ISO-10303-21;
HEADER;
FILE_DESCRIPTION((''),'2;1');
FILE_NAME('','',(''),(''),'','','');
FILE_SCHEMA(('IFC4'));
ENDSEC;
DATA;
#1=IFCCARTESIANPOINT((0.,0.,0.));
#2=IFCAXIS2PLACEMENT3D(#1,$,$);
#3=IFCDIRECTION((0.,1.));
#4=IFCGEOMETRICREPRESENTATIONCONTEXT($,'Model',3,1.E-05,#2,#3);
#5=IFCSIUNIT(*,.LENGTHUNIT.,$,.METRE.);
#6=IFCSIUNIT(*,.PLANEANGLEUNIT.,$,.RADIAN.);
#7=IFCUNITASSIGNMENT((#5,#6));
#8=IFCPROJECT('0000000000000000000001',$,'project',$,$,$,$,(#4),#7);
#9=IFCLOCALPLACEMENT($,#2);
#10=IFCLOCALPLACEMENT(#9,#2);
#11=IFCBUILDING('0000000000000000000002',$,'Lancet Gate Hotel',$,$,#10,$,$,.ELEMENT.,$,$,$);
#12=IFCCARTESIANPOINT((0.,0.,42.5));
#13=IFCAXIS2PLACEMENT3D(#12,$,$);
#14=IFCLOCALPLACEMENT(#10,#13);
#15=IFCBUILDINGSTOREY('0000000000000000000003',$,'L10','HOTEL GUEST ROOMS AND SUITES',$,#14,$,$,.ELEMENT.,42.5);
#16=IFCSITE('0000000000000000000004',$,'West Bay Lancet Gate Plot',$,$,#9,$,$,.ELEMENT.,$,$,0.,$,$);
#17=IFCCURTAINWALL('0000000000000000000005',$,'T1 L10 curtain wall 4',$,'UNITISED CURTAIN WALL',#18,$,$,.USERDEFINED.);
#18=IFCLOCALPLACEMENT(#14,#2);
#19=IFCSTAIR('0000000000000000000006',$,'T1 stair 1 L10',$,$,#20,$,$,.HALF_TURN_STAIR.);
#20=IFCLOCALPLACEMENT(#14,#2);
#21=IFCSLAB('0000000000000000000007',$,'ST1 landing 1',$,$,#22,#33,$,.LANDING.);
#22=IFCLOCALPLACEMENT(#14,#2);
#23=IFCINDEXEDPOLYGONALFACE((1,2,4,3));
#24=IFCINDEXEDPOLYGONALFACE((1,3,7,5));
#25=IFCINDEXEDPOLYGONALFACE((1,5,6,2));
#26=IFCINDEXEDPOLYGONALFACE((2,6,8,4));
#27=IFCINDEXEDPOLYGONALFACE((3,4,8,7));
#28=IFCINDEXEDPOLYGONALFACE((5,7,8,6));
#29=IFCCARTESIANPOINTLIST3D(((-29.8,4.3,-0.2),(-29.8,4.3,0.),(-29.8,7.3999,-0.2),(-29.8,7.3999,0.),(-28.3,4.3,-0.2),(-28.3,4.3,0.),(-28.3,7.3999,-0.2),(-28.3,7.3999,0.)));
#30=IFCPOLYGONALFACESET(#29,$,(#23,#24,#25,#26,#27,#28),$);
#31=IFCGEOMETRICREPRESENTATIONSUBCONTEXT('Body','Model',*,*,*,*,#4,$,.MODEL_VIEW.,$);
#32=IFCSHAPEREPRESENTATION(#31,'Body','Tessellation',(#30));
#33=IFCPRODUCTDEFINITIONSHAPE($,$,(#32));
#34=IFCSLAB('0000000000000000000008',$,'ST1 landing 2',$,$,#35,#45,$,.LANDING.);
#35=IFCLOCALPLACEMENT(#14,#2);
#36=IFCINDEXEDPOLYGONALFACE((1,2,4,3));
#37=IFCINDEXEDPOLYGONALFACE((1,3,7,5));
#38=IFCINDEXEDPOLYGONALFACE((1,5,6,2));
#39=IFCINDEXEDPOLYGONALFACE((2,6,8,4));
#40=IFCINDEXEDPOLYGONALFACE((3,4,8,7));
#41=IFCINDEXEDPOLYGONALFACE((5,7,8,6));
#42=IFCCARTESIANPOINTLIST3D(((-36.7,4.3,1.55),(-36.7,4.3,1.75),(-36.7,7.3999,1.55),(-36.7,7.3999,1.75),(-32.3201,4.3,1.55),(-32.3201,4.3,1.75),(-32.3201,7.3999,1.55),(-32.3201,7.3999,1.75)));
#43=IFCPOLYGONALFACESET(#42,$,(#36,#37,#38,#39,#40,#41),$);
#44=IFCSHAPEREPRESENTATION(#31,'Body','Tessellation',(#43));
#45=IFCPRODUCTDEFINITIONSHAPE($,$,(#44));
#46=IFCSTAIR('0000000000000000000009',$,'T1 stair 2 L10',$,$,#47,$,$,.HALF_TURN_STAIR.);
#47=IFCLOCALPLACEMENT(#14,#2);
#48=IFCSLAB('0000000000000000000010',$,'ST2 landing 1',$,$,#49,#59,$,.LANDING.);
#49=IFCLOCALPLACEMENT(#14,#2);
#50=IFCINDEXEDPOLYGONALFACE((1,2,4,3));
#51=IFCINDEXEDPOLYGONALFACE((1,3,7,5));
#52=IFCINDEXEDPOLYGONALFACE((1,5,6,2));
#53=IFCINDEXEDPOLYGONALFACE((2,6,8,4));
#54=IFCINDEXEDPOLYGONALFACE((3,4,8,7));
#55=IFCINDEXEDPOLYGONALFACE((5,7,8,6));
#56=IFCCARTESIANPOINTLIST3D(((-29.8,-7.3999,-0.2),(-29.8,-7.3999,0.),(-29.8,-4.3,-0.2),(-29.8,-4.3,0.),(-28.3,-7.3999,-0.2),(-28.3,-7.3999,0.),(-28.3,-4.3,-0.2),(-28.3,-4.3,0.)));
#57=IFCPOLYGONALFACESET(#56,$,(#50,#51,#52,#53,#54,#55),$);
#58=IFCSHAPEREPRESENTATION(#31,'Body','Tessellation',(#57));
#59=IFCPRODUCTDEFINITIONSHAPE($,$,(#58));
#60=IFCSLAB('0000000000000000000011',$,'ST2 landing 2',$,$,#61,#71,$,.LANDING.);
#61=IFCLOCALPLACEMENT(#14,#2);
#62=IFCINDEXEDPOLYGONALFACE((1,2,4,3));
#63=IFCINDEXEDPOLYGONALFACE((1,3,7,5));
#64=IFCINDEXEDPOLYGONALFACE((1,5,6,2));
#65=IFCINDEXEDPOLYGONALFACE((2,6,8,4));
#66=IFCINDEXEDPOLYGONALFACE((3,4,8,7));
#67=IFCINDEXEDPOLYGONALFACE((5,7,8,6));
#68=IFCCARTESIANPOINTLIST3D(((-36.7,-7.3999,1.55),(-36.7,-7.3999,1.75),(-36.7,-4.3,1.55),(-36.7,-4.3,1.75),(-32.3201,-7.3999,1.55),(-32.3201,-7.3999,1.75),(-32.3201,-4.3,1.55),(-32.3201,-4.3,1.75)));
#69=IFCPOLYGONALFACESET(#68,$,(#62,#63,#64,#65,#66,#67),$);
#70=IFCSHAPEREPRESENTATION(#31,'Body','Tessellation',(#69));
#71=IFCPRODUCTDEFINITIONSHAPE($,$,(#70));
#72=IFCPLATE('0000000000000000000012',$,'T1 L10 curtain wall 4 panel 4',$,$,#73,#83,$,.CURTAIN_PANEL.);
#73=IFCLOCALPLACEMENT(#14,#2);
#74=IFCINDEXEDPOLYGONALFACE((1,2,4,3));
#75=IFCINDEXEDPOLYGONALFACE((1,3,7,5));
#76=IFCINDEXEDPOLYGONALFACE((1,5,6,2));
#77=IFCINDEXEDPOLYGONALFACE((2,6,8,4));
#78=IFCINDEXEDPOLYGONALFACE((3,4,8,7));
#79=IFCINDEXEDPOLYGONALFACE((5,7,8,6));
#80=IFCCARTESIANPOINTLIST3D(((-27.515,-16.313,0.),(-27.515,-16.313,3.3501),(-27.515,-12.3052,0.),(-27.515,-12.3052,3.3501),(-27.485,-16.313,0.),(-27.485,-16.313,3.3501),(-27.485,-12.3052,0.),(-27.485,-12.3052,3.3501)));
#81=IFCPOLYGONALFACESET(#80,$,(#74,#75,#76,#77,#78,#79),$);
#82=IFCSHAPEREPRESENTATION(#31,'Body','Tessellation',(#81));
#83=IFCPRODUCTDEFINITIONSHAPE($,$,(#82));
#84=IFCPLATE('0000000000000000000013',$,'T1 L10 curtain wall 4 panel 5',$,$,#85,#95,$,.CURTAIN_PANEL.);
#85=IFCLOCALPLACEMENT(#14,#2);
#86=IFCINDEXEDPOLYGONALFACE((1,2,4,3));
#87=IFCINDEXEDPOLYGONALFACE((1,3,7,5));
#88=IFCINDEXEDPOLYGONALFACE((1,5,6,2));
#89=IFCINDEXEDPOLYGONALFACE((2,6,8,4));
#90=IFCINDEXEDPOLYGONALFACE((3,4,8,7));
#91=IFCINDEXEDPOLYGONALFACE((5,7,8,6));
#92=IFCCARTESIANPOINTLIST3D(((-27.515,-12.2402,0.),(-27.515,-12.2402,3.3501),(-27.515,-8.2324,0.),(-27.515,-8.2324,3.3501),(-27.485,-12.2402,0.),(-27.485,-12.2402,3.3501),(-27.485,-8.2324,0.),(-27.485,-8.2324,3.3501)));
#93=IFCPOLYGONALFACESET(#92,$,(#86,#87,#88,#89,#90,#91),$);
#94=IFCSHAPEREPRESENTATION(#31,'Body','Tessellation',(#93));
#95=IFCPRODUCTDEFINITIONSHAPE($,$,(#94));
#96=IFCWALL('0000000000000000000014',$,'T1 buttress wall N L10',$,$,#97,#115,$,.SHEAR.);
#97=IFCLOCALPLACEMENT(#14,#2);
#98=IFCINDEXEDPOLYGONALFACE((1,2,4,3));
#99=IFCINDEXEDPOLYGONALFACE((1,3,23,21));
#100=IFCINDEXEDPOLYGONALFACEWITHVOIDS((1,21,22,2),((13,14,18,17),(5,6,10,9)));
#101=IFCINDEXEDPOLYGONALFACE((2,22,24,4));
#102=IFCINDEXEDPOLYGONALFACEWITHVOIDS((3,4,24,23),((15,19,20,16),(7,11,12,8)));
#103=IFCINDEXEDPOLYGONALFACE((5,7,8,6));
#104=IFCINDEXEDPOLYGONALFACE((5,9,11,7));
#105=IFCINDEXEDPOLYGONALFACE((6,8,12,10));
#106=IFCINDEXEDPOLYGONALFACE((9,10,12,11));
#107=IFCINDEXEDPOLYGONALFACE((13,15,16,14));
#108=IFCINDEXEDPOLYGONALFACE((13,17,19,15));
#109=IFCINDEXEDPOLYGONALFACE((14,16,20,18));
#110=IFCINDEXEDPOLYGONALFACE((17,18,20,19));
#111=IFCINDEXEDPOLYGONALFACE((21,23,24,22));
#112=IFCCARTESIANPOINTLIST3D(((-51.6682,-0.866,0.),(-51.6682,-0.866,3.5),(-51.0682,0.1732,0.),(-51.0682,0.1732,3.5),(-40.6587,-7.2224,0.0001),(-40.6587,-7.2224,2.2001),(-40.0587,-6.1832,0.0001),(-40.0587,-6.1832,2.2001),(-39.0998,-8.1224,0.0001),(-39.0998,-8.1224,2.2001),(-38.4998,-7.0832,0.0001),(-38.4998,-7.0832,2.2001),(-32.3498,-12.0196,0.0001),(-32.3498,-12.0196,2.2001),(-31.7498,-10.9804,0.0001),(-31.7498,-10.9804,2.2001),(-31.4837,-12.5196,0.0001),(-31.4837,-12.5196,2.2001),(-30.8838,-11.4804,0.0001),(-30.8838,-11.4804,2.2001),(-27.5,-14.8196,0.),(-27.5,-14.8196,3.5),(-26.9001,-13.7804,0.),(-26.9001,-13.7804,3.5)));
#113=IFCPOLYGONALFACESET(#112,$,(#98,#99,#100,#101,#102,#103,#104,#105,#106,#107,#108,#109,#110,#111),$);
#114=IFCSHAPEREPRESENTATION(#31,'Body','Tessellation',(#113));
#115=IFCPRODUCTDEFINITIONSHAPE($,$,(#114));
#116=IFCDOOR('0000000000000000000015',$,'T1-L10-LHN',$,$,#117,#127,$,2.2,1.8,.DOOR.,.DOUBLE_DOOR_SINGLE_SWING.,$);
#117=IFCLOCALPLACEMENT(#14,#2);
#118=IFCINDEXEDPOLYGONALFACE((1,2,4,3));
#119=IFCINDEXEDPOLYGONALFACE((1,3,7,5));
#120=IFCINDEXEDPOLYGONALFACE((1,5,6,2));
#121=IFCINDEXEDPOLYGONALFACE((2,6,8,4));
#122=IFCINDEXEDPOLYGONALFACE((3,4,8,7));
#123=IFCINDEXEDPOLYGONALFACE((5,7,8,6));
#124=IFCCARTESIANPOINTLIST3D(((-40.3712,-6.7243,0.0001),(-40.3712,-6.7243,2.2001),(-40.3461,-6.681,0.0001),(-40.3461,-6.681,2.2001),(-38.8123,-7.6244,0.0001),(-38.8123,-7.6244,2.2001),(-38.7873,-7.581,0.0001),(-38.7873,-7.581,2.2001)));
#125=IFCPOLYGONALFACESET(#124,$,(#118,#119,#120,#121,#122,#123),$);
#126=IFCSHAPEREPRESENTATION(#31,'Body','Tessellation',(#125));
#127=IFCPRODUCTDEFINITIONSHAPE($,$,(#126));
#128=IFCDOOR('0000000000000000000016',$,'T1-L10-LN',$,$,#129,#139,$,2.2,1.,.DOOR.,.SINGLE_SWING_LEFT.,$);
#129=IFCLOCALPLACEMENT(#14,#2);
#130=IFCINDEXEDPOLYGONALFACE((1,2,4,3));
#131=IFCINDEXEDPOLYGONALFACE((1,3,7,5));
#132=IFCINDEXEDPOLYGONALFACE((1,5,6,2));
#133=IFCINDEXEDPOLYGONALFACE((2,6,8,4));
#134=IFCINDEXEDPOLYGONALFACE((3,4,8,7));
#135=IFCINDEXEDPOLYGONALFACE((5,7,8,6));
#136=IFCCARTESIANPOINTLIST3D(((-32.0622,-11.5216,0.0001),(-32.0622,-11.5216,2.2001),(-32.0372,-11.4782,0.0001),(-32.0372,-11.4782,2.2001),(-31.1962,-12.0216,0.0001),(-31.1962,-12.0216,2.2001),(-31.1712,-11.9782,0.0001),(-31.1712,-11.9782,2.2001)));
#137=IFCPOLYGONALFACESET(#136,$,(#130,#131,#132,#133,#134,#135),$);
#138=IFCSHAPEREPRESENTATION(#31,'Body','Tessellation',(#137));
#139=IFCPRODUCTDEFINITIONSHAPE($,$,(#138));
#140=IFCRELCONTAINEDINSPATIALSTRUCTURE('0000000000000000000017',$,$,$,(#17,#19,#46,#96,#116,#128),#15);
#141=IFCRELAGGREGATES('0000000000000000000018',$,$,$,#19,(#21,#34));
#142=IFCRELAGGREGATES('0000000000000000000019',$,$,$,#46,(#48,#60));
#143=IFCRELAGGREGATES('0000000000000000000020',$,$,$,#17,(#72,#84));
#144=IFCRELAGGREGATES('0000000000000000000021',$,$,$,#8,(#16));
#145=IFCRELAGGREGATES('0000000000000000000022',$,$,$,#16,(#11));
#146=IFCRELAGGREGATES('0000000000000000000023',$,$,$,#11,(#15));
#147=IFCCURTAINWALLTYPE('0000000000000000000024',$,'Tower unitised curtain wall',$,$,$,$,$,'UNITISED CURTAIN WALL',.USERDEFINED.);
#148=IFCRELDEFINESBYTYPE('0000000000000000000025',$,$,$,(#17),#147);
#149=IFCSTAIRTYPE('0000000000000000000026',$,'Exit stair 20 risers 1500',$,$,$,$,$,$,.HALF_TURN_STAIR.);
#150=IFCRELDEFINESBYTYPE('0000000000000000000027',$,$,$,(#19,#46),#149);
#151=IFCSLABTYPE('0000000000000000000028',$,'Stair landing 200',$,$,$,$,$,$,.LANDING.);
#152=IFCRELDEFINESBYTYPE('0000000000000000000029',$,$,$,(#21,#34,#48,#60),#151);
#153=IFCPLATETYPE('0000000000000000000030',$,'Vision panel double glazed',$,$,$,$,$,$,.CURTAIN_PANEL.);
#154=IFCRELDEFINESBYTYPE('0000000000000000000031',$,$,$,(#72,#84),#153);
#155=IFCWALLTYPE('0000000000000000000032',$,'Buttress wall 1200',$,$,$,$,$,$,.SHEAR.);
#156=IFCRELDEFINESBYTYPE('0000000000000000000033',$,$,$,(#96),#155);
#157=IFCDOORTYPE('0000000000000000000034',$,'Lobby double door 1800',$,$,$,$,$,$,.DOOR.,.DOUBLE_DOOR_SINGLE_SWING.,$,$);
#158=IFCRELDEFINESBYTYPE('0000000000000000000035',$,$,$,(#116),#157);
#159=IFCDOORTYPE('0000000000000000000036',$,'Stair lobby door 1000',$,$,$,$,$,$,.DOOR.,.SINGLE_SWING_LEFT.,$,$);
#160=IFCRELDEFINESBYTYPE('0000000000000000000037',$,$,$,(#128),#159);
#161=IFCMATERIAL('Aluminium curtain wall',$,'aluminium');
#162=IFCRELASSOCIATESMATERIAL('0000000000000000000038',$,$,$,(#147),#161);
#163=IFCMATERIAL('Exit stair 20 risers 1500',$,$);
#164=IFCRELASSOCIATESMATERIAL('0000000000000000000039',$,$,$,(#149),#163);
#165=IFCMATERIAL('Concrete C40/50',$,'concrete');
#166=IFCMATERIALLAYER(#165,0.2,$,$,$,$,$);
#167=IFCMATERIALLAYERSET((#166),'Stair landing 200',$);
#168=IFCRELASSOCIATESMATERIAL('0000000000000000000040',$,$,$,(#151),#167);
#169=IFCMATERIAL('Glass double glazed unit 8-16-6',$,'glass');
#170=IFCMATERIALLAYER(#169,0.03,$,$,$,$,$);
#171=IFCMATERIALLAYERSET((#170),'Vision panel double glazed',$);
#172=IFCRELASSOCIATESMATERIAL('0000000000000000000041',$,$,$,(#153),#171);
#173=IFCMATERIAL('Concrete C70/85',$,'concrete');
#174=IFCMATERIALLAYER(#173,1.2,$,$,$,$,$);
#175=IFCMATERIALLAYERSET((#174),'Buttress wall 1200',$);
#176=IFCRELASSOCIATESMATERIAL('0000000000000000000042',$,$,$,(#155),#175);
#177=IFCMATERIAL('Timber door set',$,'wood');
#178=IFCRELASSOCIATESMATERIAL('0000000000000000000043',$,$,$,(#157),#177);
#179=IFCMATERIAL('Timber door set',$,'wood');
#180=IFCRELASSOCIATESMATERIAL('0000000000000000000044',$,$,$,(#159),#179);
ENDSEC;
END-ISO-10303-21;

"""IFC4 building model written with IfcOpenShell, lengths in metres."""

from ifc_helpers import new_model, si_unit, direction, frame, frame_2d, origin, origin_2d, place, context, subcontext, project, spatial, polyline, rectangle, outline, extrude, material, layer, layer_set, type_object, element, fill, aggregate, save


model = new_model("IFC4")

# Units and contexts
model_context = context("Model", 3, precision=1e-05, world=origin(), true_north=direction((0.0, 1.0)))
body_context = subcontext(model_context, "Body", "Model", "MODEL_VIEW")
ifc_project = project(units=[si_unit("LENGTHUNIT", "METRE"), si_unit("PLANEANGLEUNIT", "RADIAN")], contexts=[model_context])

# Site, building, storey
site_placement = place(None, origin())
site = spatial("IfcSite", under=ifc_project, at=site_placement, Name="West Bay Lancet Gate Plot", CompositionType="ELEMENT", RefElevation=0.0)
building_placement = place(site_placement, origin())
building = spatial("IfcBuilding", under=site, at=building_placement, Name="Lancet Gate Hotel", CompositionType="ELEMENT")
storey_placement = place(building_placement, frame((0.0, 0.0, 42.5)))
storey = spatial("IfcBuildingStorey", under=building, at=storey_placement, Name="L10", Description="HOTEL GUEST ROOMS AND SUITES", CompositionType="ELEMENT", Elevation=42.5)

# Curtain wall
ifc_material_1 = material(Name="Aluminium curtain wall", Category="aluminium")
curtain_wall_type = type_object("IfcCurtainWallType", Name="Tower unitised curtain wall", ElementType="UNITISED CURTAIN WALL", PredefinedType="USERDEFINED", material=ifc_material_1)
curtain_wall_placement = place(storey_placement, origin())
curtain_wall = element("IfcCurtainWall", 1, at=curtain_wall_placement, inside=storey, type_object=curtain_wall_type, Name="T1 L10 curtain wall 4", ObjectType="UNITISED CURTAIN WALL", PredefinedType="USERDEFINED")

# Stairs, slabs
ifc_material_2 = material(Name="Exit stair 20 risers 1500")
stair_type = type_object("IfcStairType", Name="Exit stair 20 risers 1500", PredefinedType="HALF_TURN_STAIR", material=ifc_material_2)
stair_1_placement = place(storey_placement, origin())
stair_1 = element("IfcStair", 2, at=stair_1_placement, inside=storey, type_object=stair_type, Name="T1 stair 1 L10", PredefinedType="HALF_TURN_STAIR")
ifc_material_3 = material(Name="Concrete C40/50", Category="concrete")
ifc_layer_1 = layer(ifc_material_3, 0.2)
ifc_layer_set_1 = layer_set([ifc_layer_1], Name="Stair landing 200")
slab_type_1 = type_object("IfcSlabType", Name="Stair landing 200", PredefinedType="LANDING", material=ifc_layer_set_1)
slab_1_placement = place(storey_placement, frame((0.0, 0.0, -0.2)))
slab_1 = element("IfcSlab", 3, at=slab_1_placement, type_object=slab_type_1, Name="ST1 landing 1", PredefinedType="LANDING", context=body_context, shape_type="SweptSolid", body=[
    extrude(outline(polyline([(-28.3, 7.3999), (-29.8, 7.3999), (-29.8, 4.3), (-28.3, 4.3), (-28.3, 7.3999)])), origin(), (0.0, 0.0, 1.0), 0.2),
])
slab_2_placement = place(storey_placement, frame((0.0, 0.0, 1.55)))
slab_2 = element("IfcSlab", 4, at=slab_2_placement, type_object=slab_type_1, Name="ST1 landing 2", PredefinedType="LANDING", context=body_context, shape_type="SweptSolid", body=[
    extrude(outline(polyline([(-32.3201, 7.3999), (-36.7, 7.3999), (-36.7, 4.3), (-32.3201, 4.3), (-32.3201, 7.3999)])), origin(), (0.0, 0.0, 1.0), 0.2),
])
aggregate(stair_1, [slab_1, slab_2])
stair_2_placement = place(storey_placement, origin())
stair_2 = element("IfcStair", 5, at=stair_2_placement, inside=storey, type_object=stair_type, Name="T1 stair 2 L10", PredefinedType="HALF_TURN_STAIR")
slab_3_placement = place(storey_placement, frame((0.0, 0.0, -0.2)))
slab_3 = element("IfcSlab", 6, at=slab_3_placement, type_object=slab_type_1, Name="ST2 landing 1", PredefinedType="LANDING", context=body_context, shape_type="SweptSolid", body=[
    extrude(outline(polyline([(-28.3, -4.3), (-29.8, -4.3), (-29.8, -7.3999), (-28.3, -7.3999), (-28.3, -4.3)])), origin(), (0.0, 0.0, 1.0), 0.2),
])
slab_4_placement = place(storey_placement, frame((0.0, 0.0, 1.55)))
slab_4 = element("IfcSlab", 7, at=slab_4_placement, type_object=slab_type_1, Name="ST2 landing 2", PredefinedType="LANDING", context=body_context, shape_type="SweptSolid", body=[
    extrude(outline(polyline([(-32.3201, -4.3), (-36.7, -4.3), (-36.7, -7.3999), (-32.3201, -7.3999), (-32.3201, -4.3)])), origin(), (0.0, 0.0, 1.0), 0.2),
])
aggregate(stair_2, [slab_3, slab_4])

# Plates
ifc_material_4 = material(Name="Glass double glazed unit 8-16-6", Category="glass")
ifc_layer_2 = layer(ifc_material_4, 0.03)
ifc_layer_set_2 = layer_set([ifc_layer_2], Name="Vision panel double glazed")
plate_type = type_object("IfcPlateType", Name="Vision panel double glazed", PredefinedType="CURTAIN_PANEL", material=ifc_layer_set_2)
plate_1_placement = place(storey_placement, frame((-27.5, -14.3091, 0.0), z_axis=(0.0, 0.0, 1.0), x_axis=(0.0, 1.0, 0.0)))
plate_1 = element("IfcPlate", 8, at=plate_1_placement, type_object=plate_type, Name="T1 L10 curtain wall 4 panel 4", PredefinedType="CURTAIN_PANEL", context=body_context, shape_type="SweptSolid", body=[
    extrude(rectangle(XDim=4.0078, YDim=0.03, at=origin_2d()), origin(), (0.0, 0.0, 1.0), 3.3501),
])
plate_2_placement = place(storey_placement, frame((-27.5, -10.2363, 0.0), z_axis=(0.0, 0.0, 1.0), x_axis=(0.0, 1.0, 0.0)))
plate_2 = element("IfcPlate", 9, at=plate_2_placement, type_object=plate_type, Name="T1 L10 curtain wall 4 panel 5", PredefinedType="CURTAIN_PANEL", context=body_context, shape_type="SweptSolid", body=[
    extrude(rectangle(XDim=4.0078, YDim=0.03, at=origin_2d()), origin(), (0.0, 0.0, 1.0), 3.3501),
])
aggregate(curtain_wall, [plate_1, plate_2])

# Wall, openings, doors
ifc_material_5 = material(Name="Concrete C70/85", Category="concrete")
ifc_layer_3 = layer(ifc_material_5, 1.2)
ifc_layer_set_3 = layer_set([ifc_layer_3], Name="Buttress wall 1200")
wall_type = type_object("IfcWallType", Name="Buttress wall 1200", PredefinedType="SHEAR", material=ifc_layer_set_3)
wall_placement = place(storey_placement, frame((-27.2, -14.3, 0.0), z_axis=(0.0, 0.0, 1.0), x_axis=(-0.866024, 0.500002, 0.0)))
wall = element("IfcWall", 10, at=wall_placement, inside=storey, type_object=wall_type, Name="T1 buttress wall N L10", PredefinedType="SHEAR", context=body_context, shape_type="SweptSolid", body=[
    extrude(rectangle(XDim=27.907, YDim=1.2, at=frame_2d((13.9536, 0.0))), origin(), (0.0, 0.0, 1.0), 3.5),
])
opening_1_placement = place(wall_placement, frame((4.6001, 0.0, 0.0)))
opening_1 = element("IfcOpeningElement", 11, at=opening_1_placement, cuts=wall, PredefinedType="OPENING", context=body_context, shape_type="SweptSolid", body=[
    extrude(rectangle(XDim=1.0, YDim=2.2, at=frame_2d((0.5, 1.1001))), frame((0.0, 0.6099, 0.0), z_axis=(0.0, -1.0, 0.0), x_axis=(1.0, 0.0, 0.0)), (0.0, 0.0, 1.0), 1.22),
])
opening_2_placement = place(wall_placement, frame((13.3945, 0.0, 0.0)))
opening_2 = element("IfcOpeningElement", 12, at=opening_2_placement, cuts=wall, PredefinedType="OPENING", context=body_context, shape_type="SweptSolid", body=[
    extrude(rectangle(XDim=1.8, YDim=2.2, at=frame_2d((0.8999, 1.1001))), frame((0.0, 0.6099, 0.0), z_axis=(0.0, -1.0, 0.0), x_axis=(1.0, 0.0, 0.0)), (0.0, 0.0, 1.0), 1.22),
])
ifc_material_6 = material(Name="Timber door set", Category="wood")
door_type_1 = type_object("IfcDoorType", Name="Lobby double door 1800", OperationType="DOUBLE_DOOR_SINGLE_SWING", PredefinedType="DOOR", material=ifc_material_6)
door_1_placement = place(opening_2_placement, origin())
door_1 = element("IfcDoor", 13, at=door_1_placement, inside=storey, type_object=door_type_1, Name="T1-L10-LHN", OperationType="DOUBLE_DOOR_SINGLE_SWING", OverallHeight=2.2, OverallWidth=1.8, PredefinedType="DOOR", context=body_context, shape_type="SweptSolid", body=[
    extrude(rectangle(XDim=1.8, YDim=2.2, at=frame_2d((0.8999, 1.1001))), frame((0.0, 0.0249, 0.0), z_axis=(0.0, -1.0, 0.0), x_axis=(1.0, 0.0, 0.0)), (0.0, 0.0, 1.0), 0.05),
])
fill(opening_2, door_1)
ifc_material_7 = material(Name="Timber door set", Category="wood")
door_type_2 = type_object("IfcDoorType", Name="Stair lobby door 1000", OperationType="SINGLE_SWING_LEFT", PredefinedType="DOOR", material=ifc_material_7)
door_2_placement = place(opening_1_placement, origin())
door_2 = element("IfcDoor", 14, at=door_2_placement, inside=storey, type_object=door_type_2, Name="T1-L10-LN", OperationType="SINGLE_SWING_LEFT", OverallHeight=2.2, OverallWidth=1.0, PredefinedType="DOOR", context=body_context, shape_type="SweptSolid", body=[
    extrude(rectangle(XDim=1.0, YDim=2.2, at=frame_2d((0.5, 1.1001))), frame((0.0, 0.0249, 0.0), z_axis=(0.0, -1.0, 0.0), x_axis=(1.0, 0.0, 0.0)), (0.0, 0.0, 1.0), 0.05),
])
fill(opening_1, door_2)

save(model, "model.ifc")
